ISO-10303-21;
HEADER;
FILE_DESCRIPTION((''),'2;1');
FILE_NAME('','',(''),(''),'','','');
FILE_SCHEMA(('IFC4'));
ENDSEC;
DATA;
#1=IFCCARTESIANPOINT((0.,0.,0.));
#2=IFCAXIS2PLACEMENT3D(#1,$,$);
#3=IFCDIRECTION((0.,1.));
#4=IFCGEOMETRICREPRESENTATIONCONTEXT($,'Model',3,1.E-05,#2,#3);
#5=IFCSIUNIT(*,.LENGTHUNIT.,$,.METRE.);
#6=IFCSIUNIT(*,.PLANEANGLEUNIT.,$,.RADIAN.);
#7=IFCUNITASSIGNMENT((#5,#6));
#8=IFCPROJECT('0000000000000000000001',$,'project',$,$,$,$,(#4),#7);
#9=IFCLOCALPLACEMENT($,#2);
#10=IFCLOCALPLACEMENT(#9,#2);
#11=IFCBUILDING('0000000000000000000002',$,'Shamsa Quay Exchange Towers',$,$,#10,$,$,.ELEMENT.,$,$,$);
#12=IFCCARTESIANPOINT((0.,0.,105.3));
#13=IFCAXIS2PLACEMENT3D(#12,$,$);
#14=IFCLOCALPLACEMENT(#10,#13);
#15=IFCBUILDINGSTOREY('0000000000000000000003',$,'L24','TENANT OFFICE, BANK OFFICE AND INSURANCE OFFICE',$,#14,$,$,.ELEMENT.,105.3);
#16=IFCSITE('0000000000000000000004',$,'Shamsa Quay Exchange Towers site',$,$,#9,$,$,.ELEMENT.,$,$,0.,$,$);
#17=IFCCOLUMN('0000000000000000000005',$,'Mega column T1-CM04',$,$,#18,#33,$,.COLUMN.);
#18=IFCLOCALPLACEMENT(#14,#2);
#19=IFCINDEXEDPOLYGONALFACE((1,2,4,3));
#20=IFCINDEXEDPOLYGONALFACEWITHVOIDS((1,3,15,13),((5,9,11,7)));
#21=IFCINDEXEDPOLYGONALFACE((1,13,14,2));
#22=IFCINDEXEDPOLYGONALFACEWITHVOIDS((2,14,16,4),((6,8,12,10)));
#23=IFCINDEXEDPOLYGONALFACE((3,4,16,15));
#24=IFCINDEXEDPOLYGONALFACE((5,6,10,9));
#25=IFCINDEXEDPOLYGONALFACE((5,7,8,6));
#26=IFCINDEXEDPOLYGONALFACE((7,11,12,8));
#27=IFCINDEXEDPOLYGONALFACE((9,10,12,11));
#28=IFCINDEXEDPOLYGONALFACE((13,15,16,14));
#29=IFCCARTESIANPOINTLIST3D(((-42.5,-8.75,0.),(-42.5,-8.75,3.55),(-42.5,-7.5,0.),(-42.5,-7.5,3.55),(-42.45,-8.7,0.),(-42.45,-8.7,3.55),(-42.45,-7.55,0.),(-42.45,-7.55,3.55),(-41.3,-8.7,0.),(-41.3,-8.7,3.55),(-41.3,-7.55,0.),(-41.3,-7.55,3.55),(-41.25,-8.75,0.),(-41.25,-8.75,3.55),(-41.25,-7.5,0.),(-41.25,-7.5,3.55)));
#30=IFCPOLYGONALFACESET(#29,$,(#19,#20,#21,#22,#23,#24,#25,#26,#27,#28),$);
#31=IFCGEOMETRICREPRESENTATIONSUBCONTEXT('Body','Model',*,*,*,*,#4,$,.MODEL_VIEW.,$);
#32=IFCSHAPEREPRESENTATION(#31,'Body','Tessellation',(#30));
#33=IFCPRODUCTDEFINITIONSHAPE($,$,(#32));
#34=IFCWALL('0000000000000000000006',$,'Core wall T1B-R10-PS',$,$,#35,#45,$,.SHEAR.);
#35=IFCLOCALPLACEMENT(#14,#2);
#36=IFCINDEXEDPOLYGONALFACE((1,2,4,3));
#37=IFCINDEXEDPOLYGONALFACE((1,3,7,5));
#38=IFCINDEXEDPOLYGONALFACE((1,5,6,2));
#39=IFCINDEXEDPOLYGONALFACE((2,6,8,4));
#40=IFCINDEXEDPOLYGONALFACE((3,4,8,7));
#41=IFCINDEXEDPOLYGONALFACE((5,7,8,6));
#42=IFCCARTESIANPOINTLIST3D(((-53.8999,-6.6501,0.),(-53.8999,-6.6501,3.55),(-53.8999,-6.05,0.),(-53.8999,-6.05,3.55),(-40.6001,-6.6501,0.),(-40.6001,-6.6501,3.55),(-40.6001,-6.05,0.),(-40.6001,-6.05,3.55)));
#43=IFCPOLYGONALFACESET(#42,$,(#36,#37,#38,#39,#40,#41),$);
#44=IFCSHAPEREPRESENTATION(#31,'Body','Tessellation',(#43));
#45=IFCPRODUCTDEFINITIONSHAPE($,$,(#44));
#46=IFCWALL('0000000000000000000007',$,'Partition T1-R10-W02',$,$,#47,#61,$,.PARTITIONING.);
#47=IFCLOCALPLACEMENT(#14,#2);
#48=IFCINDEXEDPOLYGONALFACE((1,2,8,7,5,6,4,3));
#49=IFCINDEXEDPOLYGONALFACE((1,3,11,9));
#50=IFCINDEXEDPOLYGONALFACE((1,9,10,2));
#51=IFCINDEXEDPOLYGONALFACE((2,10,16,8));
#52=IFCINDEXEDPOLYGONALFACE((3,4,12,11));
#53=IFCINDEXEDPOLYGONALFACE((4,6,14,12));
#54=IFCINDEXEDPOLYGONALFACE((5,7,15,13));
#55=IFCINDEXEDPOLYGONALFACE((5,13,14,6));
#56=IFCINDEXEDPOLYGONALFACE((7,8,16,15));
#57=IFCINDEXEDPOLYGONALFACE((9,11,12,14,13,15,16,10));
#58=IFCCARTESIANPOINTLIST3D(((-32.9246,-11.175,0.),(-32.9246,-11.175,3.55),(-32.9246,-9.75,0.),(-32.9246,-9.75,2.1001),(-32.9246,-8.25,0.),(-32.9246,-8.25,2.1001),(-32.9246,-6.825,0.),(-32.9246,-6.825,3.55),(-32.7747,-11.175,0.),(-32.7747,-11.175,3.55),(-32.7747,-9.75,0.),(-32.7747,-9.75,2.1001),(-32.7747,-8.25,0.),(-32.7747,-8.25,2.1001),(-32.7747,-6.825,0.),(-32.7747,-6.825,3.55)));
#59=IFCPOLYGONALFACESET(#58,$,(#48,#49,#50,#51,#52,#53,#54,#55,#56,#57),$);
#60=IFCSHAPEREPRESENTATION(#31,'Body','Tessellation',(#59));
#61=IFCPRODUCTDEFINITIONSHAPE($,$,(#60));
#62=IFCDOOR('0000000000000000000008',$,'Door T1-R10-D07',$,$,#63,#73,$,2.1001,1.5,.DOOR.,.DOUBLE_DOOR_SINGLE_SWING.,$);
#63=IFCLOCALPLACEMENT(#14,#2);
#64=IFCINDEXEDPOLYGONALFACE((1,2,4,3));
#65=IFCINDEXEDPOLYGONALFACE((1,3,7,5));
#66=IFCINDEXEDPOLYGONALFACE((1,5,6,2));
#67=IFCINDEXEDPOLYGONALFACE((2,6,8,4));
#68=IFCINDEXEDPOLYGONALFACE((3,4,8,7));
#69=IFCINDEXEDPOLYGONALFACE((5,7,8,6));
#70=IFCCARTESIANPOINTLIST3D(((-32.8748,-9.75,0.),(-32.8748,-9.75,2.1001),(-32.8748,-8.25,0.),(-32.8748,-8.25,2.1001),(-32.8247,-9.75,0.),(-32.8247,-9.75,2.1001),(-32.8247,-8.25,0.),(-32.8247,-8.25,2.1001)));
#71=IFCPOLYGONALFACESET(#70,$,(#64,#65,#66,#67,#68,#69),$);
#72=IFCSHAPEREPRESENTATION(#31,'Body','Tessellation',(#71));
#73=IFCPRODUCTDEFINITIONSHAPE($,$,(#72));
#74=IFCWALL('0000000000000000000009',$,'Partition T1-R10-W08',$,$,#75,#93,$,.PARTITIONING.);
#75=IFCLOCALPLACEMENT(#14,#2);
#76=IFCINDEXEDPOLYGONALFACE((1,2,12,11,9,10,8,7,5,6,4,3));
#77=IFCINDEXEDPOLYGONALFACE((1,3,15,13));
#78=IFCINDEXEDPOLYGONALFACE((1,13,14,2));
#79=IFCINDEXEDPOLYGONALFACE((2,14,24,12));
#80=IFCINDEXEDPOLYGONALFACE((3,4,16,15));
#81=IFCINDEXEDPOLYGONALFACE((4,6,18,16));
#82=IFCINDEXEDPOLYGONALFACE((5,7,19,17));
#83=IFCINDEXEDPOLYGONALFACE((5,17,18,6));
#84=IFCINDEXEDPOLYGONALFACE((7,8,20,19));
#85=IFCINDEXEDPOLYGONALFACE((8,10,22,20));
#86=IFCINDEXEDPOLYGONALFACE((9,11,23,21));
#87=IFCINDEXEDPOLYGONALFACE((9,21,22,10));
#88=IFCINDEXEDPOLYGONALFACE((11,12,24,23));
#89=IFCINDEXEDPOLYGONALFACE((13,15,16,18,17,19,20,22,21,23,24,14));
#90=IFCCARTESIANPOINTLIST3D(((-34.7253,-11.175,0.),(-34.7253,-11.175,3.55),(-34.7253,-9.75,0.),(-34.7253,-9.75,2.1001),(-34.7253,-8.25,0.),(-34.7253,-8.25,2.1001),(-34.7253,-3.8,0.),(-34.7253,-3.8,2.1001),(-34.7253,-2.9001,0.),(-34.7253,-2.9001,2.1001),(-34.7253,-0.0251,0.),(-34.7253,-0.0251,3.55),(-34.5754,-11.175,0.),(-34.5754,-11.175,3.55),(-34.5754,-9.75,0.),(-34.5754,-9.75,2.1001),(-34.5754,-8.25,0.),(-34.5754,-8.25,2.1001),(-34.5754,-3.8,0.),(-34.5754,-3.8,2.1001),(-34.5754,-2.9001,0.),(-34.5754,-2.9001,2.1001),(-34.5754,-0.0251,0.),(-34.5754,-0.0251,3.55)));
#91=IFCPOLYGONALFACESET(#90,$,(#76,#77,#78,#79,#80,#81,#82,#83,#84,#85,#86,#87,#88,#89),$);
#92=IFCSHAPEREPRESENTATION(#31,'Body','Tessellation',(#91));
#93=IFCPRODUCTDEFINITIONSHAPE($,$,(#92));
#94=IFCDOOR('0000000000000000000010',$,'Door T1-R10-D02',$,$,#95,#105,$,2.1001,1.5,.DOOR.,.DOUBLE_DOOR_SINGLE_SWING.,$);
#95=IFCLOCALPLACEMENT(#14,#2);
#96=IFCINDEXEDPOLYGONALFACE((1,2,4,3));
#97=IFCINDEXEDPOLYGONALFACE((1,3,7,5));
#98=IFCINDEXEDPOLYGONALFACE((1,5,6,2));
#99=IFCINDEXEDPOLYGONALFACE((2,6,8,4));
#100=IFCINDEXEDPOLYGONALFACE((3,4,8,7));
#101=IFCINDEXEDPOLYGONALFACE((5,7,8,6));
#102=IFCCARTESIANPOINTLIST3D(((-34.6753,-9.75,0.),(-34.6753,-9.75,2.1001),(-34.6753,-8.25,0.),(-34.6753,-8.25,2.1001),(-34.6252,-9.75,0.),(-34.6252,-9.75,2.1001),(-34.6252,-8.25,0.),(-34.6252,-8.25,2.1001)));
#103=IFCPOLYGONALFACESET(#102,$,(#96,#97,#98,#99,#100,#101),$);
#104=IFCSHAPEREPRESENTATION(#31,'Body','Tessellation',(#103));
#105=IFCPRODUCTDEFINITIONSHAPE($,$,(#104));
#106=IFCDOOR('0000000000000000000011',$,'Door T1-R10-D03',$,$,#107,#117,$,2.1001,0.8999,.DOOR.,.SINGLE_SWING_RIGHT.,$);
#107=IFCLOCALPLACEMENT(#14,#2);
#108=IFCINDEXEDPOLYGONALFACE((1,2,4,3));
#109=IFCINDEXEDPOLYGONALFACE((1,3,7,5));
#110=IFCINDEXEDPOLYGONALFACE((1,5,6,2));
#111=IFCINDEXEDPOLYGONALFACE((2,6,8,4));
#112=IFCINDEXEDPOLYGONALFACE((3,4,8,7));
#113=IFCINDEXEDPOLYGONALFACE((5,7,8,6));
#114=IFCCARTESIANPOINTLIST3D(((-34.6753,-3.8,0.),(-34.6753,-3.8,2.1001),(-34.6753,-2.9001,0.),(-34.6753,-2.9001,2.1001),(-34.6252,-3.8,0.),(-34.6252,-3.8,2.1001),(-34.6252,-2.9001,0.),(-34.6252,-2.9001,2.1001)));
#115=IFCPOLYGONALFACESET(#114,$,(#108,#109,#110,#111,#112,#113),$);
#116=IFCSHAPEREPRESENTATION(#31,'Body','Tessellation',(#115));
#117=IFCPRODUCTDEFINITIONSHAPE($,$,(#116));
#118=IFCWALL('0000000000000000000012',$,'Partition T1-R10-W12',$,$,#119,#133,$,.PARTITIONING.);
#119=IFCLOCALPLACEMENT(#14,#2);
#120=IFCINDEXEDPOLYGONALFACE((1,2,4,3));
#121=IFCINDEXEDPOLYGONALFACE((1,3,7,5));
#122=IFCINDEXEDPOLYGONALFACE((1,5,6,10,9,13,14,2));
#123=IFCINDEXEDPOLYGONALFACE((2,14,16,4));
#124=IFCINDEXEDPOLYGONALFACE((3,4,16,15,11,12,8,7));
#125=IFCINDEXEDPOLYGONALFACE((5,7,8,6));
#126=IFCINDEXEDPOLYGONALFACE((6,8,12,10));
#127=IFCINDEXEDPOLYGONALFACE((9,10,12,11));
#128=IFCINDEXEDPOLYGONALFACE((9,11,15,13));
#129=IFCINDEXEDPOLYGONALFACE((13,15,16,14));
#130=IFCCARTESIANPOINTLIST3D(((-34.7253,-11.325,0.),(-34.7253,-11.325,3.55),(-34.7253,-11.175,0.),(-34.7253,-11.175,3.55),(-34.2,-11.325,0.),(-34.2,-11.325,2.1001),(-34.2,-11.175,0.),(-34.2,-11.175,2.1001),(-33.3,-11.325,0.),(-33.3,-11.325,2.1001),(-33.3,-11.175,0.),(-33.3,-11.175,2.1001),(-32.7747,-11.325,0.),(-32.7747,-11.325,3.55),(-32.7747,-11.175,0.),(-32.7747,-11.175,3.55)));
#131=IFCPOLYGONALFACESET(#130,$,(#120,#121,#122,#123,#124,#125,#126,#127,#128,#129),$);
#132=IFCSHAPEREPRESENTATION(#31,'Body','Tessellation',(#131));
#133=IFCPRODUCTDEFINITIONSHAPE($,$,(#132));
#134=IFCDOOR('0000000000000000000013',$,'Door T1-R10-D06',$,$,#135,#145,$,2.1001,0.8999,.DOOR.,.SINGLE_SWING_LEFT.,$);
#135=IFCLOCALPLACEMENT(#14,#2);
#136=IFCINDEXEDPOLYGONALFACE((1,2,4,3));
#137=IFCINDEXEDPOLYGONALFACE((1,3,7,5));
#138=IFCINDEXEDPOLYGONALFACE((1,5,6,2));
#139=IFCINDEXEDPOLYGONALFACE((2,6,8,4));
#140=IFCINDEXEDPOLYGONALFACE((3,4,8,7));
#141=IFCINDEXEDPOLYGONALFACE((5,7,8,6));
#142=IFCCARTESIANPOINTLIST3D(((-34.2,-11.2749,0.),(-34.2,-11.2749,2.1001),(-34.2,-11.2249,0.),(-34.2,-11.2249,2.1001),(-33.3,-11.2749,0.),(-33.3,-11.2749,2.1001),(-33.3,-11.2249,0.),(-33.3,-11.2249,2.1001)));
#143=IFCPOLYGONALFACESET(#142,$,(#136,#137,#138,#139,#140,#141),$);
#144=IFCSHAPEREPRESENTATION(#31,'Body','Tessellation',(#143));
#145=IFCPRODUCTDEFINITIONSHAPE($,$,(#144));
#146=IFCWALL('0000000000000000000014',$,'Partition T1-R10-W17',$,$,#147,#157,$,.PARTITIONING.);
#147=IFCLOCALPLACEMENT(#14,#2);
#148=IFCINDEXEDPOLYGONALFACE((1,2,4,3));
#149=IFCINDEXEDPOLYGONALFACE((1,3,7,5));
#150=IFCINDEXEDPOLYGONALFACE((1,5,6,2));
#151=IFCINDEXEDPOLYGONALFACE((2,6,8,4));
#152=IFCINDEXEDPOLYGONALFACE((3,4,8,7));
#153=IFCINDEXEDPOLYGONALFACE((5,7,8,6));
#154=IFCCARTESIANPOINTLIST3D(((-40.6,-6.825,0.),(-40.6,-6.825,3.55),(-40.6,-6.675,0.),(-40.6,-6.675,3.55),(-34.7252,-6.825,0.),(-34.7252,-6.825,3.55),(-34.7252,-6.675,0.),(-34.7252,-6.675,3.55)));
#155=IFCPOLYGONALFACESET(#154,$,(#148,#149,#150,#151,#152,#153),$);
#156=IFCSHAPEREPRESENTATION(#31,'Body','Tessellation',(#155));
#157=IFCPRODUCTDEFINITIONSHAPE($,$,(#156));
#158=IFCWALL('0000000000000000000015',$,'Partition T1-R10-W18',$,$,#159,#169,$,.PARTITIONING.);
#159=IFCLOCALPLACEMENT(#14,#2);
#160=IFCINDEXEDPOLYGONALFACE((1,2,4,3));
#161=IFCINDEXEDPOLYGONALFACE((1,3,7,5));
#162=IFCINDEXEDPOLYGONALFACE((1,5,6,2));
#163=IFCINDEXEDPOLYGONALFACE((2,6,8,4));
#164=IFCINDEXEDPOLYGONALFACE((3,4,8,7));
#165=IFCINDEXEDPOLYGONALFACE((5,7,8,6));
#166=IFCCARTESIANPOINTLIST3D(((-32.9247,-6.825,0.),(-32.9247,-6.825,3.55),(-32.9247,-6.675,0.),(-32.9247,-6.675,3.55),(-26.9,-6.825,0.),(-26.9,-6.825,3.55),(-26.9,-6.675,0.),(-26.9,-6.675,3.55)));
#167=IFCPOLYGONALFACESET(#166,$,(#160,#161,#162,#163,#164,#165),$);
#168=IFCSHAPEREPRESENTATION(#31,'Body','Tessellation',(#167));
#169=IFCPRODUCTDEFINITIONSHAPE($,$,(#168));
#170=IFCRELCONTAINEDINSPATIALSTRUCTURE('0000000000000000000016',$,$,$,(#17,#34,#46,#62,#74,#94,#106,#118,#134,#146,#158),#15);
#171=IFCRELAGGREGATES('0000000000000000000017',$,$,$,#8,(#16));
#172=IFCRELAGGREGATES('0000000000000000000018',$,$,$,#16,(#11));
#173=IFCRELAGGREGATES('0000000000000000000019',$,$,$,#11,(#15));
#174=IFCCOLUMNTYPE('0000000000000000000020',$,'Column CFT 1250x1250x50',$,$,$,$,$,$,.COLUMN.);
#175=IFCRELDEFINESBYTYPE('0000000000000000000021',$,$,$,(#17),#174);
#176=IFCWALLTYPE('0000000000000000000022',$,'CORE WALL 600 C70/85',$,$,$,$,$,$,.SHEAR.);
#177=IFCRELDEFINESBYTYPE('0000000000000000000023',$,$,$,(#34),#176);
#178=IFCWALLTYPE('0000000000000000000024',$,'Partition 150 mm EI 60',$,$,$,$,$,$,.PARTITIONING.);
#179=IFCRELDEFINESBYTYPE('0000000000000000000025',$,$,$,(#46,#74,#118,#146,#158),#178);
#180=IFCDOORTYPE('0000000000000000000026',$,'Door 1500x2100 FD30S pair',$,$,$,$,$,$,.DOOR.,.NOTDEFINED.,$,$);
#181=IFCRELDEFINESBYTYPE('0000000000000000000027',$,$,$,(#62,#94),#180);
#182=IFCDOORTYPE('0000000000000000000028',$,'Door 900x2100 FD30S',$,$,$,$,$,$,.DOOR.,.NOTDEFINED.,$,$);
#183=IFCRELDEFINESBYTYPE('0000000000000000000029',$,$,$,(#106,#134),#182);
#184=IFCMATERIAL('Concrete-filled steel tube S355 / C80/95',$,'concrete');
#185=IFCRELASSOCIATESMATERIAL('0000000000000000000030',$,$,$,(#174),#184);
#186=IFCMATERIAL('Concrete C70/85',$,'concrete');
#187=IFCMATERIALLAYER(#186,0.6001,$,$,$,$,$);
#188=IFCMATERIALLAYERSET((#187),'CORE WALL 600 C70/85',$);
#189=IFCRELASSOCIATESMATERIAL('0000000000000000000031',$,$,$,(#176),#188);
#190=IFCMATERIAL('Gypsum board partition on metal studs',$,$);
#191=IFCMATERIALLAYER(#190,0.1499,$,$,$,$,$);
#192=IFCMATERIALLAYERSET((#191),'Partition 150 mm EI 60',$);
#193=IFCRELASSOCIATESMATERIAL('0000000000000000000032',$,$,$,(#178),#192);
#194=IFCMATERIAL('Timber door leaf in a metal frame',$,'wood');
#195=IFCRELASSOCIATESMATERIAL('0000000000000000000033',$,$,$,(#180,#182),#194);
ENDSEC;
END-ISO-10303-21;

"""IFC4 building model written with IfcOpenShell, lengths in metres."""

from ifc_helpers import new_model, si_unit, direction, frame, frame_2d, origin, origin_2d, place, context, subcontext, project, spatial, rectangle, hollow_rectangle, extrude, material, layer, layer_set, material_profile, profile_set, type_object, element, fill, save


model = new_model("IFC4")

# Units and contexts
model_context = context("Model", 3, precision=1e-05, world=origin(), true_north=direction((0.0, 1.0)))
body_context = subcontext(model_context, "Body", "Model", "MODEL_VIEW")
ifc_project = project(units=[si_unit("LENGTHUNIT", "METRE"), si_unit("PLANEANGLEUNIT", "RADIAN")], contexts=[model_context])

# Site, building, storey
site_placement = place(None, origin())
site = spatial("IfcSite", under=ifc_project, at=site_placement, Name="Shamsa Quay Exchange Towers site", CompositionType="ELEMENT", RefElevation=0.0)
building_placement = place(site_placement, origin())
building = spatial("IfcBuilding", under=site, at=building_placement, Name="Shamsa Quay Exchange Towers", CompositionType="ELEMENT")
storey_placement = place(building_placement, frame((0.0, 0.0, 105.3)))
storey = spatial("IfcBuildingStorey", under=building, at=storey_placement, Name="L24", Description="TENANT OFFICE, BANK OFFICE AND INSURANCE OFFICE", CompositionType="ELEMENT", Elevation=105.3)

# Column
ifc_material_1 = material(Name="Concrete-filled steel tube S355 / C80/95", Category="concrete")
ifc_material_profile = material_profile(ifc_material_1, hollow_rectangle(XDim=1.25, YDim=1.25, WallThickness=0.05, at=origin_2d()), Name="CFT 1250x1250x50")
ifc_profile_set = profile_set([ifc_material_profile], Name="Concrete-filled steel tube S355 / C80/95")
column_type = type_object("IfcColumnType", Name="Column CFT 1250x1250x50", PredefinedType="COLUMN", material=ifc_profile_set)
column_placement = place(storey_placement, frame((-41.875, -8.125, 0.0)))
element("IfcColumn", 1, at=column_placement, inside=storey, type_object=column_type, Name="Mega column T1-CM04", PredefinedType="COLUMN", context=body_context, shape_type="SweptSolid", body=[
    extrude(hollow_rectangle(XDim=1.25, YDim=1.25, WallThickness=0.05, at=origin_2d()), origin(), (0.0, 0.0, 1.0), 3.55),
])

# Wall
ifc_material_2 = material(Name="Concrete C70/85", Category="concrete")
ifc_layer_1 = layer(ifc_material_2, 0.6001)
ifc_layer_set_1 = layer_set([ifc_layer_1], Name="CORE WALL 600 C70/85")
wall_type_1 = type_object("IfcWallType", Name="CORE WALL 600 C70/85", PredefinedType="SHEAR", material=ifc_layer_set_1)
wall_1_placement = place(storey_placement, frame((-40.6001, -6.3501, 0.0), z_axis=(0.0, 0.0, 1.0), x_axis=(-1.0, 0.0, 0.0)))
element("IfcWall", 2, at=wall_1_placement, inside=storey, type_object=wall_type_1, Name="Core wall T1B-R10-PS", PredefinedType="SHEAR", context=body_context, shape_type="SweptSolid", body=[
    extrude(rectangle(XDim=13.2998, YDim=0.6001, at=frame_2d((6.6499, 0.0))), origin(), (0.0, 0.0, 1.0), 3.55),
])

# Wall, opening, door
ifc_material_3 = material(Name="Gypsum board partition on metal studs")
ifc_layer_2 = layer(ifc_material_3, 0.1499)
ifc_layer_set_2 = layer_set([ifc_layer_2], Name="Partition 150 mm EI 60")
wall_type_2 = type_object("IfcWallType", Name="Partition 150 mm EI 60", PredefinedType="PARTITIONING", material=ifc_layer_set_2)
wall_2_placement = place(storey_placement, frame((-32.8496, -6.825, 0.0), z_axis=(0.0, 0.0, 1.0), x_axis=(0.0, -1.0, 0.0)))
wall_2 = element("IfcWall", 3, at=wall_2_placement, inside=storey, type_object=wall_type_2, Name="Partition T1-R10-W02", PredefinedType="PARTITIONING", context=body_context, shape_type="SweptSolid", body=[
    extrude(rectangle(XDim=4.3501, YDim=0.1499, at=frame_2d((2.175, 0.0))), origin(), (0.0, 0.0, 1.0), 3.55),
])
opening_1_placement = place(wall_2_placement, frame((1.425, 0.0, 0.0)))
opening_1 = element("IfcOpeningElement", 4, at=opening_1_placement, cuts=wall_2, PredefinedType="OPENING", context=body_context, shape_type="SweptSolid", body=[
    extrude(rectangle(XDim=1.5, YDim=2.1001, at=frame_2d((0.75, 1.05))), frame((0.0, 0.085, 0.0), z_axis=(0.0, -1.0, 0.0), x_axis=(1.0, 0.0, 0.0)), (0.0, 0.0, 1.0), 0.1699),
])
ifc_material_4 = material(Name="Timber door leaf in a metal frame", Category="wood")
door_type_1 = type_object("IfcDoorType", Name="Door 1500x2100 FD30S pair", OperationType="NOTDEFINED", PredefinedType="DOOR", material=ifc_material_4)
door_1_placement = place(opening_1_placement, origin())
door_1 = element("IfcDoor", 5, at=door_1_placement, inside=storey, type_object=door_type_1, Name="Door T1-R10-D07", OperationType="DOUBLE_DOOR_SINGLE_SWING", OverallHeight=2.1001, OverallWidth=1.5, PredefinedType="DOOR", context=body_context, shape_type="SweptSolid", body=[
    extrude(rectangle(XDim=1.5, YDim=2.1001, at=frame_2d((0.75, 1.05))), frame((0.0, 0.0249, 0.0), z_axis=(0.0, -1.0, 0.0), x_axis=(1.0, 0.0, 0.0)), (0.0, 0.0, 1.0), 0.05),
])
fill(opening_1, door_1)

# Wall, openings, doors
wall_3_placement = place(storey_placement, frame((-34.6504, -11.175, 0.0), z_axis=(0.0, 0.0, 1.0), x_axis=(0.0, 1.0, 0.0)))
wall_3 = element("IfcWall", 6, at=wall_3_placement, inside=storey, type_object=wall_type_2, Name="Partition T1-R10-W08", PredefinedType="PARTITIONING", context=body_context, shape_type="SweptSolid", body=[
    extrude(rectangle(XDim=11.1499, YDim=0.1499, at=frame_2d((5.575, 0.0))), origin(), (0.0, 0.0, 1.0), 3.55),
])
opening_2_placement = place(wall_3_placement, frame((1.425, 0.0, 0.0)))
opening_2 = element("IfcOpeningElement", 7, at=opening_2_placement, cuts=wall_3, PredefinedType="OPENING", context=body_context, shape_type="SweptSolid", body=[
    extrude(rectangle(XDim=1.5, YDim=2.1001, at=frame_2d((0.75, 1.05))), frame((0.0, 0.085, 0.0), z_axis=(0.0, -1.0, 0.0), x_axis=(1.0, 0.0, 0.0)), (0.0, 0.0, 1.0), 0.1699),
])
opening_3_placement = place(wall_3_placement, frame((7.375, 0.0, 0.0)))
opening_3 = element("IfcOpeningElement", 8, at=opening_3_placement, cuts=wall_3, PredefinedType="OPENING", context=body_context, shape_type="SweptSolid", body=[
    extrude(rectangle(XDim=0.8999, YDim=2.1001, at=frame_2d((0.45, 1.05))), frame((0.0, 0.085, 0.0), z_axis=(0.0, -1.0, 0.0), x_axis=(1.0, 0.0, 0.0)), (0.0, 0.0, 1.0), 0.1699),
])
door_2_placement = place(opening_2_placement, origin())
door_2 = element("IfcDoor", 9, at=door_2_placement, inside=storey, type_object=door_type_1, Name="Door T1-R10-D02", OperationType="DOUBLE_DOOR_SINGLE_SWING", OverallHeight=2.1001, OverallWidth=1.5, PredefinedType="DOOR", context=body_context, shape_type="SweptSolid", body=[
    extrude(rectangle(XDim=1.5, YDim=2.1001, at=frame_2d((0.75, 1.05))), frame((0.0, 0.0249, 0.0), z_axis=(0.0, -1.0, 0.0), x_axis=(1.0, 0.0, 0.0)), (0.0, 0.0, 1.0), 0.05),
])
fill(opening_2, door_2)
door_type_2 = type_object("IfcDoorType", Name="Door 900x2100 FD30S", OperationType="NOTDEFINED", PredefinedType="DOOR", material=ifc_material_4)
door_3_placement = place(opening_3_placement, origin())
door_3 = element("IfcDoor", 10, at=door_3_placement, inside=storey, type_object=door_type_2, Name="Door T1-R10-D03", OperationType="SINGLE_SWING_RIGHT", OverallHeight=2.1001, OverallWidth=0.8999, PredefinedType="DOOR", context=body_context, shape_type="SweptSolid", body=[
    extrude(rectangle(XDim=0.8999, YDim=2.1001, at=frame_2d((0.45, 1.05))), frame((0.0, 0.0249, 0.0), z_axis=(0.0, -1.0, 0.0), x_axis=(1.0, 0.0, 0.0)), (0.0, 0.0, 1.0), 0.05),
])
fill(opening_3, door_3)

# Wall, opening, door
wall_4_placement = place(storey_placement, frame((-32.7747, -11.25, 0.0), z_axis=(0.0, 0.0, 1.0), x_axis=(-1.0, 0.0, 0.0)))
wall_4 = element("IfcWall", 11, at=wall_4_placement, inside=storey, type_object=wall_type_2, Name="Partition T1-R10-W12", PredefinedType="PARTITIONING", context=body_context, shape_type="SweptSolid", body=[
    extrude(rectangle(XDim=1.9507, YDim=0.1499, at=frame_2d((0.9753, 0.0))), origin(), (0.0, 0.0, 1.0), 3.55),
])
opening_4_placement = place(wall_4_placement, frame((0.5254, 0.0, 0.0)))
opening_4 = element("IfcOpeningElement", 12, at=opening_4_placement, cuts=wall_4, PredefinedType="OPENING", context=body_context, shape_type="SweptSolid", body=[
    extrude(rectangle(XDim=0.8999, YDim=2.1001, at=frame_2d((0.45, 1.05))), frame((0.0, 0.085, 0.0), z_axis=(0.0, -1.0, 0.0), x_axis=(1.0, 0.0, 0.0)), (0.0, 0.0, 1.0), 0.1699),
])
door_4_placement = place(opening_4_placement, origin())
door_4 = element("IfcDoor", 13, at=door_4_placement, inside=storey, type_object=door_type_2, Name="Door T1-R10-D06", OperationType="SINGLE_SWING_LEFT", OverallHeight=2.1001, OverallWidth=0.8999, PredefinedType="DOOR", context=body_context, shape_type="SweptSolid", body=[
    extrude(rectangle(XDim=0.8999, YDim=2.1001, at=frame_2d((0.45, 1.05))), frame((0.0, 0.0249, 0.0), z_axis=(0.0, -1.0, 0.0), x_axis=(1.0, 0.0, 0.0)), (0.0, 0.0, 1.0), 0.05),
])
fill(opening_4, door_4)

# Walls
wall_5_placement = place(storey_placement, frame((-40.6001, -6.75, 0.0)))
element("IfcWall", 14, at=wall_5_placement, inside=storey, type_object=wall_type_2, Name="Partition T1-R10-W17", PredefinedType="PARTITIONING", context=body_context, shape_type="SweptSolid", body=[
    extrude(rectangle(XDim=5.8748, YDim=0.1499, at=frame_2d((2.9375, 0.0))), origin(), (0.0, 0.0, 1.0), 3.55),
])
wall_6_placement = place(storey_placement, frame((-32.9246, -6.75, 0.0)))
element("IfcWall", 15, at=wall_6_placement, inside=storey, type_object=wall_type_2, Name="Partition T1-R10-W18", PredefinedType="PARTITIONING", context=body_context, shape_type="SweptSolid", body=[
    extrude(rectangle(XDim=6.0247, YDim=0.1499, at=frame_2d((3.0122, 0.0))), origin(), (0.0, 0.0, 1.0), 3.55),
])

save(model, "model.ifc")
